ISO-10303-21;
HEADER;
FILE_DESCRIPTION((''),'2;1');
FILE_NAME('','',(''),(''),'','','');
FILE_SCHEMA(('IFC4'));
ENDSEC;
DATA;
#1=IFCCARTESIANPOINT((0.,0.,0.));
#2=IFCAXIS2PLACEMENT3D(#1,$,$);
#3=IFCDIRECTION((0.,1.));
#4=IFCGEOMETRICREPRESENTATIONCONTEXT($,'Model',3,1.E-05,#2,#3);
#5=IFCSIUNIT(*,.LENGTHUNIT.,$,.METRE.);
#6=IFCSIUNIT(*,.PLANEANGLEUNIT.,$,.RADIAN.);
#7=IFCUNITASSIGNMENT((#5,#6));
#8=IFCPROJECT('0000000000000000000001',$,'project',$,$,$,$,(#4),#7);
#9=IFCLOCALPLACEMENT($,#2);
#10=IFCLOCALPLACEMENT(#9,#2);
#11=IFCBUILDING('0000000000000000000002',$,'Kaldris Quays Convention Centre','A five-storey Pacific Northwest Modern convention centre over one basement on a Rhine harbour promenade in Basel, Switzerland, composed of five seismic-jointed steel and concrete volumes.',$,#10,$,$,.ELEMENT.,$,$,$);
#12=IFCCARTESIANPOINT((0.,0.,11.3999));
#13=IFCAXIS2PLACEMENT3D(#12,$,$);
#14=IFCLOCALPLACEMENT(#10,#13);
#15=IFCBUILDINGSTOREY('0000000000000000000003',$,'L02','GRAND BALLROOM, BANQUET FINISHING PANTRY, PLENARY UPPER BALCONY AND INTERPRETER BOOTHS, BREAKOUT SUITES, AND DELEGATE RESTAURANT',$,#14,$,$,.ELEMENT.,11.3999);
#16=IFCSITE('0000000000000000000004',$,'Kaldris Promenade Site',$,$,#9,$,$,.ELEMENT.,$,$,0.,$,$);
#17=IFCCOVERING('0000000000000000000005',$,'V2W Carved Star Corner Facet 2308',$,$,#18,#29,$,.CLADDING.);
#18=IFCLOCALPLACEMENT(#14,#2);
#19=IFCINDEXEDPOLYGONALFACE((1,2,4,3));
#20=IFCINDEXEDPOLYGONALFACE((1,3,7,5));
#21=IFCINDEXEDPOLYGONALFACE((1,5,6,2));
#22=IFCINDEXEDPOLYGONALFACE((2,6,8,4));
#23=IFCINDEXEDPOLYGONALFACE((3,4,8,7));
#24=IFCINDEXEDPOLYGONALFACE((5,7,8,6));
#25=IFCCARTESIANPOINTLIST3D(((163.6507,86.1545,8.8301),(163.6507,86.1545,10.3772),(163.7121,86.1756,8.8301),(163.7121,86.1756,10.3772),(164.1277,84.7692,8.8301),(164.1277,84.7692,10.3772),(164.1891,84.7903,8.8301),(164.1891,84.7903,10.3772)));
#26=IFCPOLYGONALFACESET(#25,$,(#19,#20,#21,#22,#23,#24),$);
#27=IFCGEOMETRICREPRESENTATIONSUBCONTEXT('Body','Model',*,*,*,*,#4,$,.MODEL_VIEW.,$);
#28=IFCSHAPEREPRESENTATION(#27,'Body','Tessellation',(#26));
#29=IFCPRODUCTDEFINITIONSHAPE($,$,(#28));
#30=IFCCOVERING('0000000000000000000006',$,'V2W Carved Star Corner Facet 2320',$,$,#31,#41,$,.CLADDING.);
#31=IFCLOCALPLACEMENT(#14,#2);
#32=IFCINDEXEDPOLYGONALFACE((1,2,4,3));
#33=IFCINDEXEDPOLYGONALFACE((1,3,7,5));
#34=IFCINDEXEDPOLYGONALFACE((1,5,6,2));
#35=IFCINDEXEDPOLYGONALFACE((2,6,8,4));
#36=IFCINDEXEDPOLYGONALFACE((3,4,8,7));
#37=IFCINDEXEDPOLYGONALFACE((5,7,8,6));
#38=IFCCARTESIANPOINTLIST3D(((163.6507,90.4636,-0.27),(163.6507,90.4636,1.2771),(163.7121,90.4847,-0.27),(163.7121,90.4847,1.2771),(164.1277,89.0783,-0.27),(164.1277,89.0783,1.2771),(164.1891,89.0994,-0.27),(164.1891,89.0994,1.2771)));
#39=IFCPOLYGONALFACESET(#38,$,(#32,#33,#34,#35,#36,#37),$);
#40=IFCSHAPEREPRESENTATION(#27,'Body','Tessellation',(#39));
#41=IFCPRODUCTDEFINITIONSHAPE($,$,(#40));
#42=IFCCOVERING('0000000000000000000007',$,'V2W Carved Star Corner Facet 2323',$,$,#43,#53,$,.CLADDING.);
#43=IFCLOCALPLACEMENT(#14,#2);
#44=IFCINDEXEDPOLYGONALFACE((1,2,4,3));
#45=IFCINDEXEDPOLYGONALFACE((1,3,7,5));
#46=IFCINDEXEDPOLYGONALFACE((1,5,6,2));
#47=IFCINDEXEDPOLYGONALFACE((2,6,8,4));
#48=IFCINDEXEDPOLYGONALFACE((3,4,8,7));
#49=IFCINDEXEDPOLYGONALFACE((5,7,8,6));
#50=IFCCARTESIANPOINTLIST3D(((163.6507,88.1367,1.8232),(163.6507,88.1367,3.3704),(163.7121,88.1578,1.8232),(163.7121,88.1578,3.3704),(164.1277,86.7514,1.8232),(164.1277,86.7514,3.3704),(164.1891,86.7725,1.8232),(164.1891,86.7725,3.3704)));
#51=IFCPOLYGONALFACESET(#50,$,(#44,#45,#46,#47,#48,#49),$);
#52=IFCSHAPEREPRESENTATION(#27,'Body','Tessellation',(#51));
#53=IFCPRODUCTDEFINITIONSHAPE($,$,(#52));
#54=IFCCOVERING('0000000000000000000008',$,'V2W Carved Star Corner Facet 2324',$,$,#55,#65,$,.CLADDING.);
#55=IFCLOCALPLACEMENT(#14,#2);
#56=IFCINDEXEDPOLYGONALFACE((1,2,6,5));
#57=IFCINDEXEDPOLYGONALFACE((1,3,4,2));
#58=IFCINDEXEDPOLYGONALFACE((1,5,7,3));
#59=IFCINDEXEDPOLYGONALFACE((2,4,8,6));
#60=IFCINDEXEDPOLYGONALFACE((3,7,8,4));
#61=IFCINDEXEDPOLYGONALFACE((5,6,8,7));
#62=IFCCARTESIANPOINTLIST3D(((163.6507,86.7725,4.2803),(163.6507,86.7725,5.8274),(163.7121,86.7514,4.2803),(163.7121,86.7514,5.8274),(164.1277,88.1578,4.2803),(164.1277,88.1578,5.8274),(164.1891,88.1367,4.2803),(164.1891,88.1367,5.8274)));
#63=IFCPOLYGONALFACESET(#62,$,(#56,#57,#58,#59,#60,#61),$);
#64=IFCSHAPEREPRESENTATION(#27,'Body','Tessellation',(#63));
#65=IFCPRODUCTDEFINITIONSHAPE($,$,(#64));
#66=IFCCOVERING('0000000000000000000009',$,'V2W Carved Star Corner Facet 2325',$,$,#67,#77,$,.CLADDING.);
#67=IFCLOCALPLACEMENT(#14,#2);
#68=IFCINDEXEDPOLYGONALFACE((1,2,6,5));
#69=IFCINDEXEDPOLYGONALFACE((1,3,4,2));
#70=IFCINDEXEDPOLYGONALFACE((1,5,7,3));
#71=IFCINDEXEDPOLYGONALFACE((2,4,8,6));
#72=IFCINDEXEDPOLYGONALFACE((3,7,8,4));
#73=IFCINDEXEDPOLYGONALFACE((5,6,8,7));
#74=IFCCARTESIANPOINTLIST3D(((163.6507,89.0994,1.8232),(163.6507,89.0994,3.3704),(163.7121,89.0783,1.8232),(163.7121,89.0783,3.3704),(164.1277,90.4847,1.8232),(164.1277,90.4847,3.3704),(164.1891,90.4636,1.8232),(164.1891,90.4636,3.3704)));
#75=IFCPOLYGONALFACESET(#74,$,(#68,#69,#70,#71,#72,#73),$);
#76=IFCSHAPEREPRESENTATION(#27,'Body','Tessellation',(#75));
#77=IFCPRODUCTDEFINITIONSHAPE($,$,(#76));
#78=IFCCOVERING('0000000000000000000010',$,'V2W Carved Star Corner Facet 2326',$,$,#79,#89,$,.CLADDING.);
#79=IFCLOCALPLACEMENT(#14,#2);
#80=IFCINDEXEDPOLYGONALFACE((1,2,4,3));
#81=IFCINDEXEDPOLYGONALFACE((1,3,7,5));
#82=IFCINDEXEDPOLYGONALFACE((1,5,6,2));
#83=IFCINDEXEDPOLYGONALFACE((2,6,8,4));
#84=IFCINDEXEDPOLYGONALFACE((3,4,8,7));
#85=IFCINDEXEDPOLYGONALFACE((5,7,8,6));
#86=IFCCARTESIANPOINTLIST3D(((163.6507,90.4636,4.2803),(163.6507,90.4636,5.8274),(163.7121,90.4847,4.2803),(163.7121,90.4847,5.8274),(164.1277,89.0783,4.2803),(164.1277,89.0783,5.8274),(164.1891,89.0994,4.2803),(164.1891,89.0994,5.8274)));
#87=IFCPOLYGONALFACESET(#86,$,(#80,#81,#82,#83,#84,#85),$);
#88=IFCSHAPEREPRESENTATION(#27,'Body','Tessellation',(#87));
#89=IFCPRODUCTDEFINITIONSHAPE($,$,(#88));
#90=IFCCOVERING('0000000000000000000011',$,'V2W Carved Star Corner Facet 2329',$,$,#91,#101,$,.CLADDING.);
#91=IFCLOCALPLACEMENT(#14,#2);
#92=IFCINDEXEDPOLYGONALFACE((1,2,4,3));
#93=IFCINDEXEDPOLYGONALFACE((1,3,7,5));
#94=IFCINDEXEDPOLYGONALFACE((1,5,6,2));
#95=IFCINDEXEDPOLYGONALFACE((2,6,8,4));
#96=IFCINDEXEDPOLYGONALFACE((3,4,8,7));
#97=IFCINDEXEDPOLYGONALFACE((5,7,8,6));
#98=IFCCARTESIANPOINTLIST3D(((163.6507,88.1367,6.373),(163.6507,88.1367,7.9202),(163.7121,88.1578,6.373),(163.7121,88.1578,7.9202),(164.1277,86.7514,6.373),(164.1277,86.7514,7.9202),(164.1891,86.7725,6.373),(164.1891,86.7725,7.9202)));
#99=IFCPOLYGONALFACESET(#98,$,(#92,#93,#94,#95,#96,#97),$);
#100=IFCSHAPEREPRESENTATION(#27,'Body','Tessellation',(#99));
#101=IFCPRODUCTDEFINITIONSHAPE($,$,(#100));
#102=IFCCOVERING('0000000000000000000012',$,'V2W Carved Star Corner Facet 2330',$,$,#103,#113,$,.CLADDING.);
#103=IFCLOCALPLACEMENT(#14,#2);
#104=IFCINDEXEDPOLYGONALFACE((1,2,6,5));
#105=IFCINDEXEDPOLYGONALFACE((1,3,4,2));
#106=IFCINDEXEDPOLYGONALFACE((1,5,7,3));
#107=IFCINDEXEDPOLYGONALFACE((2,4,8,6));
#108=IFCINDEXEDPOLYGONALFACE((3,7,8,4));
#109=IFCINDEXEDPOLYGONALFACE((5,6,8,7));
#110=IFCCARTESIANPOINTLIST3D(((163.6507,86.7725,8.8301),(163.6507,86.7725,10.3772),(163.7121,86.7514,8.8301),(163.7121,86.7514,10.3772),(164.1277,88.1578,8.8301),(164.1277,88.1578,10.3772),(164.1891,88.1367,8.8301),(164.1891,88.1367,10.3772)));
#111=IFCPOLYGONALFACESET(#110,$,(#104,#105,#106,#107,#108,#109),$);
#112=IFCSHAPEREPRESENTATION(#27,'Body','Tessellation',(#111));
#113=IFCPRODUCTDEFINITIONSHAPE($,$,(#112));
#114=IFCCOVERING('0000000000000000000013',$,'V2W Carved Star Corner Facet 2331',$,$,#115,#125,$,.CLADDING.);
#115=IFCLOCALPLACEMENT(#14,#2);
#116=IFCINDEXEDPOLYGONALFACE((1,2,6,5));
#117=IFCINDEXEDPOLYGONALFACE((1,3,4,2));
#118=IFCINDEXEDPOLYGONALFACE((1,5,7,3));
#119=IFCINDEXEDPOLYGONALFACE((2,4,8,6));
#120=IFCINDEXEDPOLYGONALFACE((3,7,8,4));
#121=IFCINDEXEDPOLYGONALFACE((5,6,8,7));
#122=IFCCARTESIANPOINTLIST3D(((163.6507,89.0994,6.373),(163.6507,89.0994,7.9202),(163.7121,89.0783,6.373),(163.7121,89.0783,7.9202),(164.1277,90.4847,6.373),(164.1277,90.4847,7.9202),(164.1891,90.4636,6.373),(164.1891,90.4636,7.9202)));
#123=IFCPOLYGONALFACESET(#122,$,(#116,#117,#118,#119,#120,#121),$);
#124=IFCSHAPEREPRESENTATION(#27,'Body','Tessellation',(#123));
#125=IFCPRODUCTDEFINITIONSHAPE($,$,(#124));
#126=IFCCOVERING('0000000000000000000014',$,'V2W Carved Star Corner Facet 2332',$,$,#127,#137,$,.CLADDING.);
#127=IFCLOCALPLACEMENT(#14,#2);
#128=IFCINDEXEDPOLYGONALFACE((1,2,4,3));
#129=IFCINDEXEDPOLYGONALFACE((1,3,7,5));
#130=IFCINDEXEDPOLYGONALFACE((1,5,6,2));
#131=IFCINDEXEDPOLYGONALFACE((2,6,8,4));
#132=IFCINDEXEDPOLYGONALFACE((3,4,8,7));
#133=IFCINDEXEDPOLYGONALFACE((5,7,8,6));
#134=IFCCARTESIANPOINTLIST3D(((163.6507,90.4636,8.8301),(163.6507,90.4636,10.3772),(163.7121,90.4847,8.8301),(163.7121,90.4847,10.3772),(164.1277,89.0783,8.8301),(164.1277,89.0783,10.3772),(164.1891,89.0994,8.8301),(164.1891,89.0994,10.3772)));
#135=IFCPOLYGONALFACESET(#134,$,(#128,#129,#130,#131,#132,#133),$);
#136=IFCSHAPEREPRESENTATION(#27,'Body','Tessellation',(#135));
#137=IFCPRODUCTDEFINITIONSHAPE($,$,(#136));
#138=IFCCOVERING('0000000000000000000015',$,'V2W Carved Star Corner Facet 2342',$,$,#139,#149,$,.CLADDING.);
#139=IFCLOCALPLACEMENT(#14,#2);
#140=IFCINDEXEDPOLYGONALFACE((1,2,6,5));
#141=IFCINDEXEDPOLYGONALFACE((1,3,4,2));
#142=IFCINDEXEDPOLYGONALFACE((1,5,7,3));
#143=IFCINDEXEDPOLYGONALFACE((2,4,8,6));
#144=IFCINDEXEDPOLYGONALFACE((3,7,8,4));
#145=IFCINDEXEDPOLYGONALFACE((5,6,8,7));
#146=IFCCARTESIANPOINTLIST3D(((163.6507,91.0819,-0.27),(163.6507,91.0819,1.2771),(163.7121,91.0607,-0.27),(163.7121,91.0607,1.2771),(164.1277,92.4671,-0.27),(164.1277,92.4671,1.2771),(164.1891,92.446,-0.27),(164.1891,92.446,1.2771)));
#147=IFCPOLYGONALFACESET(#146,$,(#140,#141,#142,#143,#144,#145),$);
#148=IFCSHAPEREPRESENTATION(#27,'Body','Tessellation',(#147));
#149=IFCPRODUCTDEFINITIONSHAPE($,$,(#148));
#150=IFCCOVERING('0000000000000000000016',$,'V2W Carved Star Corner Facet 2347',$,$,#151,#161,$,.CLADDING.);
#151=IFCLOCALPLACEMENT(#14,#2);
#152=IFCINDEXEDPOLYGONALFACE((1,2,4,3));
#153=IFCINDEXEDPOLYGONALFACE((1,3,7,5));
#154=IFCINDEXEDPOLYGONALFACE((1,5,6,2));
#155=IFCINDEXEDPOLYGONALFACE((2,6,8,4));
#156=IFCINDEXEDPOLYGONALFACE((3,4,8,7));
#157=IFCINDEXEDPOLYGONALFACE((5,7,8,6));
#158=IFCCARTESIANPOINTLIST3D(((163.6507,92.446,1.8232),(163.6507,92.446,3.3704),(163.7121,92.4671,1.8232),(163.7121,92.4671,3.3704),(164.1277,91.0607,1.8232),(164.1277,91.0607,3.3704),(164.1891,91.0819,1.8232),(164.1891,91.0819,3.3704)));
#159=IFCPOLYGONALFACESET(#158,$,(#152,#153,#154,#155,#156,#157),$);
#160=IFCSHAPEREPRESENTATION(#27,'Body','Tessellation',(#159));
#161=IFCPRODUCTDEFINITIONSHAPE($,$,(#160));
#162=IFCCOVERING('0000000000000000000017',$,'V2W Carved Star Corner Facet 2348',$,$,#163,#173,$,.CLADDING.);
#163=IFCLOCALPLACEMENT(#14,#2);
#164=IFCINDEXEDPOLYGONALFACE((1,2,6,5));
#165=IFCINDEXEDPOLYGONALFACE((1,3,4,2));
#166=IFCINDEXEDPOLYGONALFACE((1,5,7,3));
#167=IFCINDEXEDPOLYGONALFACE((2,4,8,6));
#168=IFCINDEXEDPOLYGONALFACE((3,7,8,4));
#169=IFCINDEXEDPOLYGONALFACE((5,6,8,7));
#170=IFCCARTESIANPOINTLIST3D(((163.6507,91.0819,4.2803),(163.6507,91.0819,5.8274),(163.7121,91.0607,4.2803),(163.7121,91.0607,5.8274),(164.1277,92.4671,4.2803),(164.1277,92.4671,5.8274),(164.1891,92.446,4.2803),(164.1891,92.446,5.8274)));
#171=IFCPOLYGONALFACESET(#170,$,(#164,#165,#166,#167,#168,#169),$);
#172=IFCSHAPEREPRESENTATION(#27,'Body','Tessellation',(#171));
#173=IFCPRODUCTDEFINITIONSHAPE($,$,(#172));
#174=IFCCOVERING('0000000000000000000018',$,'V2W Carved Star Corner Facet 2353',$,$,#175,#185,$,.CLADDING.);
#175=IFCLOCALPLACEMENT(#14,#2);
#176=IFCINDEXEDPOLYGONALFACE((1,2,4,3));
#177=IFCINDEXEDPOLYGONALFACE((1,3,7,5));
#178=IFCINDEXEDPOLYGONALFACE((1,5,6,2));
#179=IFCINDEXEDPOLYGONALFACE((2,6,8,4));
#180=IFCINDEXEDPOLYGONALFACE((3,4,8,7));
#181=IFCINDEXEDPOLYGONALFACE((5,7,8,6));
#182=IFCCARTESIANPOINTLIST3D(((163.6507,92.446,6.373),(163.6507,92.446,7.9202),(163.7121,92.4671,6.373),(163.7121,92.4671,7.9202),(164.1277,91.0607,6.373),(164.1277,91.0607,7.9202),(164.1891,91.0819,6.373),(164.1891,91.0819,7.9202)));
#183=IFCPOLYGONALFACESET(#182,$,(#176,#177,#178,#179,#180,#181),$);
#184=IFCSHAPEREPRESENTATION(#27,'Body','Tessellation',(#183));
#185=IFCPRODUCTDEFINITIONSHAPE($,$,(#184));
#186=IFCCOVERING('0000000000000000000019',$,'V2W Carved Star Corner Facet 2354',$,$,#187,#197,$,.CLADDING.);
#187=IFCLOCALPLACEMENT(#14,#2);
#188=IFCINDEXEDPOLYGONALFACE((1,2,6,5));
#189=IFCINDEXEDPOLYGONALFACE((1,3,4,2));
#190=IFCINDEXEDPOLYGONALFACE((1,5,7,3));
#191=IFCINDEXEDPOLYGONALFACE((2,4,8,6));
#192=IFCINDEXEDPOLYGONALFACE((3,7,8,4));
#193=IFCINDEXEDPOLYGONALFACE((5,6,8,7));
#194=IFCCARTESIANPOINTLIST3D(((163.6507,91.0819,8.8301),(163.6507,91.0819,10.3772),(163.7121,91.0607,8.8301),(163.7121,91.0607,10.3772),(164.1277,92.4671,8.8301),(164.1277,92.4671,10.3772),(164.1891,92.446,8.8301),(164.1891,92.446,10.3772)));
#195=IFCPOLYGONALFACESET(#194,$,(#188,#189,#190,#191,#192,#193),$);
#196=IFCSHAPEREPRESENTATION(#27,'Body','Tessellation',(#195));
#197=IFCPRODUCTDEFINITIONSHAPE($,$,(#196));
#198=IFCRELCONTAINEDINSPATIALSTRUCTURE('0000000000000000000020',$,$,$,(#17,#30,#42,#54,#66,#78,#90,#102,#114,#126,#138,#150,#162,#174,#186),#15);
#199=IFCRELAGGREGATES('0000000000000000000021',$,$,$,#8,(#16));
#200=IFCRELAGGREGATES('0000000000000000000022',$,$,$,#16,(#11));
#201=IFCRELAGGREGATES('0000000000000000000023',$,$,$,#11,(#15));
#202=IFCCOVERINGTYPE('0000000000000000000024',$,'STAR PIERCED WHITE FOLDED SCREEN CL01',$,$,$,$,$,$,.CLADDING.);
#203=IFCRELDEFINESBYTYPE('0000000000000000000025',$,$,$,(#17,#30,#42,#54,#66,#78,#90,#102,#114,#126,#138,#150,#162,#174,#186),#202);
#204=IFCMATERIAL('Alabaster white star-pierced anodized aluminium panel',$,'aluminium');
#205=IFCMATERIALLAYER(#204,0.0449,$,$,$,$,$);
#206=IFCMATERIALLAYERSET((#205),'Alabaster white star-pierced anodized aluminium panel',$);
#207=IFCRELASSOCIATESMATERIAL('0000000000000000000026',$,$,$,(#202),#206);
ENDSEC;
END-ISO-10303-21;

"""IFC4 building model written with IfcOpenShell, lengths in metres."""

from ifc_helpers import new_model, si_unit, direction, frame, origin, origin_2d, place, context, subcontext, project, spatial, rectangle, extrude, material, layer, layer_set, type_object, element, save


model = new_model("IFC4")

# Units and contexts
model_context = context("Model", 3, precision=1e-05, world=origin(), true_north=direction((0.0, 1.0)))
body_context = subcontext(model_context, "Body", "Model", "MODEL_VIEW")
ifc_project = project(units=[si_unit("LENGTHUNIT", "METRE"), si_unit("PLANEANGLEUNIT", "RADIAN")], contexts=[model_context])

# Site, building, storey
site_placement = place(None, origin())
site = spatial("IfcSite", under=ifc_project, at=site_placement, Name="Kaldris Promenade Site", CompositionType="ELEMENT", RefElevation=0.0)
building_placement = place(site_placement, origin())
building = spatial("IfcBuilding", under=site, at=building_placement, Name="Kaldris Quays Convention Centre", Description="A five-storey Pacific Northwest Modern convention centre over one basement on a Rhine harbour promenade in Basel, Switzerland, composed of five seismic-jointed steel and concrete volumes.", CompositionType="ELEMENT")
storey_placement = place(building_placement, frame((0.0, 0.0, 11.3999)))
storey = spatial("IfcBuildingStorey", under=building, at=storey_placement, Name="L02", Description="GRAND BALLROOM, BANQUET FINISHING PANTRY, PLENARY UPPER BALCONY AND INTERPRETER BOOTHS, BREAKOUT SUITES, AND DELEGATE RESTAURANT", CompositionType="ELEMENT", Elevation=11.3999)

# Coverings
ifc_material = material(Name="Alabaster white star-pierced anodized aluminium panel", Category="aluminium")
ifc_layer = layer(ifc_material, 0.0449)
ifc_layer_set = layer_set([ifc_layer], Name="Alabaster white star-pierced anodized aluminium panel")
covering_type = type_object("IfcCoveringType", Name="STAR PIERCED WHITE FOLDED SCREEN CL01", PredefinedType="CLADDING", material=ifc_layer_set)
for number, where, z_axis, x_axis, name in (
    (1, (163.9199, 85.4724, 8.8301), (0.0, 0.0, 1.0), (-0.325568, 0.945519, 0.0), "V2W Carved Star Corner Facet 2308"),
    (2, (163.9199, 89.7815, -0.27), (0.0, 0.0, 1.0), (-0.325568, 0.945519, 0.0), "V2W Carved Star Corner Facet 2320"),
    (3, (163.9199, 87.4546, 1.8232), (0.0, 0.0, 1.0), (-0.325568, 0.945519, 0.0), "V2W Carved Star Corner Facet 2323"),
    (4, (163.9199, 87.4546, 4.2803), (0.0, 0.0, 1.0), (0.325568, 0.945519, 0.0), "V2W Carved Star Corner Facet 2324"),
    (5, (163.9199, 89.7815, 1.8232), (0.0, 0.0, 1.0), (0.325568, 0.945519, 0.0), "V2W Carved Star Corner Facet 2325"),
    (6, (163.9199, 89.7815, 4.2803), (0.0, 0.0, 1.0), (-0.325568, 0.945519, 0.0), "V2W Carved Star Corner Facet 2326"),
    (7, (163.9199, 87.4546, 6.373), (0.0, 0.0, 1.0), (-0.325568, 0.945519, 0.0), "V2W Carved Star Corner Facet 2329"),
    (8, (163.9199, 87.4546, 8.8301), (0.0, 0.0, 1.0), (0.325568, 0.945519, 0.0), "V2W Carved Star Corner Facet 2330"),
    (9, (163.9199, 89.7815, 6.373), (0.0, 0.0, 1.0), (0.325568, 0.945519, 0.0), "V2W Carved Star Corner Facet 2331"),
    (10, (163.9199, 89.7815, 8.8301), (0.0, 0.0, 1.0), (-0.325568, 0.945519, 0.0), "V2W Carved Star Corner Facet 2332"),
    (11, (163.9199, 91.7639, -0.27), (0.0, 0.0, 1.0), (0.325568, 0.945519, 0.0), "V2W Carved Star Corner Facet 2342"),
    (12, (163.9199, 91.7639, 1.8232), (0.0, 0.0, 1.0), (-0.325568, 0.945519, 0.0), "V2W Carved Star Corner Facet 2347"),
    (13, (163.9199, 91.7639, 4.2803), (0.0, 0.0, 1.0), (0.325568, 0.945519, 0.0), "V2W Carved Star Corner Facet 2348"),
    (14, (163.9199, 91.7639, 6.373), (0.0, 0.0, 1.0), (-0.325568, 0.945519, 0.0), "V2W Carved Star Corner Facet 2353"),
    (15, (163.9199, 91.7639, 8.8301), (0.0, 0.0, 1.0), (0.325568, 0.945519, 0.0), "V2W Carved Star Corner Facet 2354"),
):
    element("IfcCovering", number, at=place(storey_placement, frame(where, z_axis=z_axis, x_axis=x_axis)), inside=storey, type_object=covering_type, Name=name, PredefinedType="CLADDING", context=body_context, shape_type="SweptSolid", body=[
        extrude(rectangle(XDim=1.4651, YDim=0.0649, at=origin_2d()), origin(), (0.0, 0.0, 1.0), 1.5471),
    ])

save(model, "model.ifc")
